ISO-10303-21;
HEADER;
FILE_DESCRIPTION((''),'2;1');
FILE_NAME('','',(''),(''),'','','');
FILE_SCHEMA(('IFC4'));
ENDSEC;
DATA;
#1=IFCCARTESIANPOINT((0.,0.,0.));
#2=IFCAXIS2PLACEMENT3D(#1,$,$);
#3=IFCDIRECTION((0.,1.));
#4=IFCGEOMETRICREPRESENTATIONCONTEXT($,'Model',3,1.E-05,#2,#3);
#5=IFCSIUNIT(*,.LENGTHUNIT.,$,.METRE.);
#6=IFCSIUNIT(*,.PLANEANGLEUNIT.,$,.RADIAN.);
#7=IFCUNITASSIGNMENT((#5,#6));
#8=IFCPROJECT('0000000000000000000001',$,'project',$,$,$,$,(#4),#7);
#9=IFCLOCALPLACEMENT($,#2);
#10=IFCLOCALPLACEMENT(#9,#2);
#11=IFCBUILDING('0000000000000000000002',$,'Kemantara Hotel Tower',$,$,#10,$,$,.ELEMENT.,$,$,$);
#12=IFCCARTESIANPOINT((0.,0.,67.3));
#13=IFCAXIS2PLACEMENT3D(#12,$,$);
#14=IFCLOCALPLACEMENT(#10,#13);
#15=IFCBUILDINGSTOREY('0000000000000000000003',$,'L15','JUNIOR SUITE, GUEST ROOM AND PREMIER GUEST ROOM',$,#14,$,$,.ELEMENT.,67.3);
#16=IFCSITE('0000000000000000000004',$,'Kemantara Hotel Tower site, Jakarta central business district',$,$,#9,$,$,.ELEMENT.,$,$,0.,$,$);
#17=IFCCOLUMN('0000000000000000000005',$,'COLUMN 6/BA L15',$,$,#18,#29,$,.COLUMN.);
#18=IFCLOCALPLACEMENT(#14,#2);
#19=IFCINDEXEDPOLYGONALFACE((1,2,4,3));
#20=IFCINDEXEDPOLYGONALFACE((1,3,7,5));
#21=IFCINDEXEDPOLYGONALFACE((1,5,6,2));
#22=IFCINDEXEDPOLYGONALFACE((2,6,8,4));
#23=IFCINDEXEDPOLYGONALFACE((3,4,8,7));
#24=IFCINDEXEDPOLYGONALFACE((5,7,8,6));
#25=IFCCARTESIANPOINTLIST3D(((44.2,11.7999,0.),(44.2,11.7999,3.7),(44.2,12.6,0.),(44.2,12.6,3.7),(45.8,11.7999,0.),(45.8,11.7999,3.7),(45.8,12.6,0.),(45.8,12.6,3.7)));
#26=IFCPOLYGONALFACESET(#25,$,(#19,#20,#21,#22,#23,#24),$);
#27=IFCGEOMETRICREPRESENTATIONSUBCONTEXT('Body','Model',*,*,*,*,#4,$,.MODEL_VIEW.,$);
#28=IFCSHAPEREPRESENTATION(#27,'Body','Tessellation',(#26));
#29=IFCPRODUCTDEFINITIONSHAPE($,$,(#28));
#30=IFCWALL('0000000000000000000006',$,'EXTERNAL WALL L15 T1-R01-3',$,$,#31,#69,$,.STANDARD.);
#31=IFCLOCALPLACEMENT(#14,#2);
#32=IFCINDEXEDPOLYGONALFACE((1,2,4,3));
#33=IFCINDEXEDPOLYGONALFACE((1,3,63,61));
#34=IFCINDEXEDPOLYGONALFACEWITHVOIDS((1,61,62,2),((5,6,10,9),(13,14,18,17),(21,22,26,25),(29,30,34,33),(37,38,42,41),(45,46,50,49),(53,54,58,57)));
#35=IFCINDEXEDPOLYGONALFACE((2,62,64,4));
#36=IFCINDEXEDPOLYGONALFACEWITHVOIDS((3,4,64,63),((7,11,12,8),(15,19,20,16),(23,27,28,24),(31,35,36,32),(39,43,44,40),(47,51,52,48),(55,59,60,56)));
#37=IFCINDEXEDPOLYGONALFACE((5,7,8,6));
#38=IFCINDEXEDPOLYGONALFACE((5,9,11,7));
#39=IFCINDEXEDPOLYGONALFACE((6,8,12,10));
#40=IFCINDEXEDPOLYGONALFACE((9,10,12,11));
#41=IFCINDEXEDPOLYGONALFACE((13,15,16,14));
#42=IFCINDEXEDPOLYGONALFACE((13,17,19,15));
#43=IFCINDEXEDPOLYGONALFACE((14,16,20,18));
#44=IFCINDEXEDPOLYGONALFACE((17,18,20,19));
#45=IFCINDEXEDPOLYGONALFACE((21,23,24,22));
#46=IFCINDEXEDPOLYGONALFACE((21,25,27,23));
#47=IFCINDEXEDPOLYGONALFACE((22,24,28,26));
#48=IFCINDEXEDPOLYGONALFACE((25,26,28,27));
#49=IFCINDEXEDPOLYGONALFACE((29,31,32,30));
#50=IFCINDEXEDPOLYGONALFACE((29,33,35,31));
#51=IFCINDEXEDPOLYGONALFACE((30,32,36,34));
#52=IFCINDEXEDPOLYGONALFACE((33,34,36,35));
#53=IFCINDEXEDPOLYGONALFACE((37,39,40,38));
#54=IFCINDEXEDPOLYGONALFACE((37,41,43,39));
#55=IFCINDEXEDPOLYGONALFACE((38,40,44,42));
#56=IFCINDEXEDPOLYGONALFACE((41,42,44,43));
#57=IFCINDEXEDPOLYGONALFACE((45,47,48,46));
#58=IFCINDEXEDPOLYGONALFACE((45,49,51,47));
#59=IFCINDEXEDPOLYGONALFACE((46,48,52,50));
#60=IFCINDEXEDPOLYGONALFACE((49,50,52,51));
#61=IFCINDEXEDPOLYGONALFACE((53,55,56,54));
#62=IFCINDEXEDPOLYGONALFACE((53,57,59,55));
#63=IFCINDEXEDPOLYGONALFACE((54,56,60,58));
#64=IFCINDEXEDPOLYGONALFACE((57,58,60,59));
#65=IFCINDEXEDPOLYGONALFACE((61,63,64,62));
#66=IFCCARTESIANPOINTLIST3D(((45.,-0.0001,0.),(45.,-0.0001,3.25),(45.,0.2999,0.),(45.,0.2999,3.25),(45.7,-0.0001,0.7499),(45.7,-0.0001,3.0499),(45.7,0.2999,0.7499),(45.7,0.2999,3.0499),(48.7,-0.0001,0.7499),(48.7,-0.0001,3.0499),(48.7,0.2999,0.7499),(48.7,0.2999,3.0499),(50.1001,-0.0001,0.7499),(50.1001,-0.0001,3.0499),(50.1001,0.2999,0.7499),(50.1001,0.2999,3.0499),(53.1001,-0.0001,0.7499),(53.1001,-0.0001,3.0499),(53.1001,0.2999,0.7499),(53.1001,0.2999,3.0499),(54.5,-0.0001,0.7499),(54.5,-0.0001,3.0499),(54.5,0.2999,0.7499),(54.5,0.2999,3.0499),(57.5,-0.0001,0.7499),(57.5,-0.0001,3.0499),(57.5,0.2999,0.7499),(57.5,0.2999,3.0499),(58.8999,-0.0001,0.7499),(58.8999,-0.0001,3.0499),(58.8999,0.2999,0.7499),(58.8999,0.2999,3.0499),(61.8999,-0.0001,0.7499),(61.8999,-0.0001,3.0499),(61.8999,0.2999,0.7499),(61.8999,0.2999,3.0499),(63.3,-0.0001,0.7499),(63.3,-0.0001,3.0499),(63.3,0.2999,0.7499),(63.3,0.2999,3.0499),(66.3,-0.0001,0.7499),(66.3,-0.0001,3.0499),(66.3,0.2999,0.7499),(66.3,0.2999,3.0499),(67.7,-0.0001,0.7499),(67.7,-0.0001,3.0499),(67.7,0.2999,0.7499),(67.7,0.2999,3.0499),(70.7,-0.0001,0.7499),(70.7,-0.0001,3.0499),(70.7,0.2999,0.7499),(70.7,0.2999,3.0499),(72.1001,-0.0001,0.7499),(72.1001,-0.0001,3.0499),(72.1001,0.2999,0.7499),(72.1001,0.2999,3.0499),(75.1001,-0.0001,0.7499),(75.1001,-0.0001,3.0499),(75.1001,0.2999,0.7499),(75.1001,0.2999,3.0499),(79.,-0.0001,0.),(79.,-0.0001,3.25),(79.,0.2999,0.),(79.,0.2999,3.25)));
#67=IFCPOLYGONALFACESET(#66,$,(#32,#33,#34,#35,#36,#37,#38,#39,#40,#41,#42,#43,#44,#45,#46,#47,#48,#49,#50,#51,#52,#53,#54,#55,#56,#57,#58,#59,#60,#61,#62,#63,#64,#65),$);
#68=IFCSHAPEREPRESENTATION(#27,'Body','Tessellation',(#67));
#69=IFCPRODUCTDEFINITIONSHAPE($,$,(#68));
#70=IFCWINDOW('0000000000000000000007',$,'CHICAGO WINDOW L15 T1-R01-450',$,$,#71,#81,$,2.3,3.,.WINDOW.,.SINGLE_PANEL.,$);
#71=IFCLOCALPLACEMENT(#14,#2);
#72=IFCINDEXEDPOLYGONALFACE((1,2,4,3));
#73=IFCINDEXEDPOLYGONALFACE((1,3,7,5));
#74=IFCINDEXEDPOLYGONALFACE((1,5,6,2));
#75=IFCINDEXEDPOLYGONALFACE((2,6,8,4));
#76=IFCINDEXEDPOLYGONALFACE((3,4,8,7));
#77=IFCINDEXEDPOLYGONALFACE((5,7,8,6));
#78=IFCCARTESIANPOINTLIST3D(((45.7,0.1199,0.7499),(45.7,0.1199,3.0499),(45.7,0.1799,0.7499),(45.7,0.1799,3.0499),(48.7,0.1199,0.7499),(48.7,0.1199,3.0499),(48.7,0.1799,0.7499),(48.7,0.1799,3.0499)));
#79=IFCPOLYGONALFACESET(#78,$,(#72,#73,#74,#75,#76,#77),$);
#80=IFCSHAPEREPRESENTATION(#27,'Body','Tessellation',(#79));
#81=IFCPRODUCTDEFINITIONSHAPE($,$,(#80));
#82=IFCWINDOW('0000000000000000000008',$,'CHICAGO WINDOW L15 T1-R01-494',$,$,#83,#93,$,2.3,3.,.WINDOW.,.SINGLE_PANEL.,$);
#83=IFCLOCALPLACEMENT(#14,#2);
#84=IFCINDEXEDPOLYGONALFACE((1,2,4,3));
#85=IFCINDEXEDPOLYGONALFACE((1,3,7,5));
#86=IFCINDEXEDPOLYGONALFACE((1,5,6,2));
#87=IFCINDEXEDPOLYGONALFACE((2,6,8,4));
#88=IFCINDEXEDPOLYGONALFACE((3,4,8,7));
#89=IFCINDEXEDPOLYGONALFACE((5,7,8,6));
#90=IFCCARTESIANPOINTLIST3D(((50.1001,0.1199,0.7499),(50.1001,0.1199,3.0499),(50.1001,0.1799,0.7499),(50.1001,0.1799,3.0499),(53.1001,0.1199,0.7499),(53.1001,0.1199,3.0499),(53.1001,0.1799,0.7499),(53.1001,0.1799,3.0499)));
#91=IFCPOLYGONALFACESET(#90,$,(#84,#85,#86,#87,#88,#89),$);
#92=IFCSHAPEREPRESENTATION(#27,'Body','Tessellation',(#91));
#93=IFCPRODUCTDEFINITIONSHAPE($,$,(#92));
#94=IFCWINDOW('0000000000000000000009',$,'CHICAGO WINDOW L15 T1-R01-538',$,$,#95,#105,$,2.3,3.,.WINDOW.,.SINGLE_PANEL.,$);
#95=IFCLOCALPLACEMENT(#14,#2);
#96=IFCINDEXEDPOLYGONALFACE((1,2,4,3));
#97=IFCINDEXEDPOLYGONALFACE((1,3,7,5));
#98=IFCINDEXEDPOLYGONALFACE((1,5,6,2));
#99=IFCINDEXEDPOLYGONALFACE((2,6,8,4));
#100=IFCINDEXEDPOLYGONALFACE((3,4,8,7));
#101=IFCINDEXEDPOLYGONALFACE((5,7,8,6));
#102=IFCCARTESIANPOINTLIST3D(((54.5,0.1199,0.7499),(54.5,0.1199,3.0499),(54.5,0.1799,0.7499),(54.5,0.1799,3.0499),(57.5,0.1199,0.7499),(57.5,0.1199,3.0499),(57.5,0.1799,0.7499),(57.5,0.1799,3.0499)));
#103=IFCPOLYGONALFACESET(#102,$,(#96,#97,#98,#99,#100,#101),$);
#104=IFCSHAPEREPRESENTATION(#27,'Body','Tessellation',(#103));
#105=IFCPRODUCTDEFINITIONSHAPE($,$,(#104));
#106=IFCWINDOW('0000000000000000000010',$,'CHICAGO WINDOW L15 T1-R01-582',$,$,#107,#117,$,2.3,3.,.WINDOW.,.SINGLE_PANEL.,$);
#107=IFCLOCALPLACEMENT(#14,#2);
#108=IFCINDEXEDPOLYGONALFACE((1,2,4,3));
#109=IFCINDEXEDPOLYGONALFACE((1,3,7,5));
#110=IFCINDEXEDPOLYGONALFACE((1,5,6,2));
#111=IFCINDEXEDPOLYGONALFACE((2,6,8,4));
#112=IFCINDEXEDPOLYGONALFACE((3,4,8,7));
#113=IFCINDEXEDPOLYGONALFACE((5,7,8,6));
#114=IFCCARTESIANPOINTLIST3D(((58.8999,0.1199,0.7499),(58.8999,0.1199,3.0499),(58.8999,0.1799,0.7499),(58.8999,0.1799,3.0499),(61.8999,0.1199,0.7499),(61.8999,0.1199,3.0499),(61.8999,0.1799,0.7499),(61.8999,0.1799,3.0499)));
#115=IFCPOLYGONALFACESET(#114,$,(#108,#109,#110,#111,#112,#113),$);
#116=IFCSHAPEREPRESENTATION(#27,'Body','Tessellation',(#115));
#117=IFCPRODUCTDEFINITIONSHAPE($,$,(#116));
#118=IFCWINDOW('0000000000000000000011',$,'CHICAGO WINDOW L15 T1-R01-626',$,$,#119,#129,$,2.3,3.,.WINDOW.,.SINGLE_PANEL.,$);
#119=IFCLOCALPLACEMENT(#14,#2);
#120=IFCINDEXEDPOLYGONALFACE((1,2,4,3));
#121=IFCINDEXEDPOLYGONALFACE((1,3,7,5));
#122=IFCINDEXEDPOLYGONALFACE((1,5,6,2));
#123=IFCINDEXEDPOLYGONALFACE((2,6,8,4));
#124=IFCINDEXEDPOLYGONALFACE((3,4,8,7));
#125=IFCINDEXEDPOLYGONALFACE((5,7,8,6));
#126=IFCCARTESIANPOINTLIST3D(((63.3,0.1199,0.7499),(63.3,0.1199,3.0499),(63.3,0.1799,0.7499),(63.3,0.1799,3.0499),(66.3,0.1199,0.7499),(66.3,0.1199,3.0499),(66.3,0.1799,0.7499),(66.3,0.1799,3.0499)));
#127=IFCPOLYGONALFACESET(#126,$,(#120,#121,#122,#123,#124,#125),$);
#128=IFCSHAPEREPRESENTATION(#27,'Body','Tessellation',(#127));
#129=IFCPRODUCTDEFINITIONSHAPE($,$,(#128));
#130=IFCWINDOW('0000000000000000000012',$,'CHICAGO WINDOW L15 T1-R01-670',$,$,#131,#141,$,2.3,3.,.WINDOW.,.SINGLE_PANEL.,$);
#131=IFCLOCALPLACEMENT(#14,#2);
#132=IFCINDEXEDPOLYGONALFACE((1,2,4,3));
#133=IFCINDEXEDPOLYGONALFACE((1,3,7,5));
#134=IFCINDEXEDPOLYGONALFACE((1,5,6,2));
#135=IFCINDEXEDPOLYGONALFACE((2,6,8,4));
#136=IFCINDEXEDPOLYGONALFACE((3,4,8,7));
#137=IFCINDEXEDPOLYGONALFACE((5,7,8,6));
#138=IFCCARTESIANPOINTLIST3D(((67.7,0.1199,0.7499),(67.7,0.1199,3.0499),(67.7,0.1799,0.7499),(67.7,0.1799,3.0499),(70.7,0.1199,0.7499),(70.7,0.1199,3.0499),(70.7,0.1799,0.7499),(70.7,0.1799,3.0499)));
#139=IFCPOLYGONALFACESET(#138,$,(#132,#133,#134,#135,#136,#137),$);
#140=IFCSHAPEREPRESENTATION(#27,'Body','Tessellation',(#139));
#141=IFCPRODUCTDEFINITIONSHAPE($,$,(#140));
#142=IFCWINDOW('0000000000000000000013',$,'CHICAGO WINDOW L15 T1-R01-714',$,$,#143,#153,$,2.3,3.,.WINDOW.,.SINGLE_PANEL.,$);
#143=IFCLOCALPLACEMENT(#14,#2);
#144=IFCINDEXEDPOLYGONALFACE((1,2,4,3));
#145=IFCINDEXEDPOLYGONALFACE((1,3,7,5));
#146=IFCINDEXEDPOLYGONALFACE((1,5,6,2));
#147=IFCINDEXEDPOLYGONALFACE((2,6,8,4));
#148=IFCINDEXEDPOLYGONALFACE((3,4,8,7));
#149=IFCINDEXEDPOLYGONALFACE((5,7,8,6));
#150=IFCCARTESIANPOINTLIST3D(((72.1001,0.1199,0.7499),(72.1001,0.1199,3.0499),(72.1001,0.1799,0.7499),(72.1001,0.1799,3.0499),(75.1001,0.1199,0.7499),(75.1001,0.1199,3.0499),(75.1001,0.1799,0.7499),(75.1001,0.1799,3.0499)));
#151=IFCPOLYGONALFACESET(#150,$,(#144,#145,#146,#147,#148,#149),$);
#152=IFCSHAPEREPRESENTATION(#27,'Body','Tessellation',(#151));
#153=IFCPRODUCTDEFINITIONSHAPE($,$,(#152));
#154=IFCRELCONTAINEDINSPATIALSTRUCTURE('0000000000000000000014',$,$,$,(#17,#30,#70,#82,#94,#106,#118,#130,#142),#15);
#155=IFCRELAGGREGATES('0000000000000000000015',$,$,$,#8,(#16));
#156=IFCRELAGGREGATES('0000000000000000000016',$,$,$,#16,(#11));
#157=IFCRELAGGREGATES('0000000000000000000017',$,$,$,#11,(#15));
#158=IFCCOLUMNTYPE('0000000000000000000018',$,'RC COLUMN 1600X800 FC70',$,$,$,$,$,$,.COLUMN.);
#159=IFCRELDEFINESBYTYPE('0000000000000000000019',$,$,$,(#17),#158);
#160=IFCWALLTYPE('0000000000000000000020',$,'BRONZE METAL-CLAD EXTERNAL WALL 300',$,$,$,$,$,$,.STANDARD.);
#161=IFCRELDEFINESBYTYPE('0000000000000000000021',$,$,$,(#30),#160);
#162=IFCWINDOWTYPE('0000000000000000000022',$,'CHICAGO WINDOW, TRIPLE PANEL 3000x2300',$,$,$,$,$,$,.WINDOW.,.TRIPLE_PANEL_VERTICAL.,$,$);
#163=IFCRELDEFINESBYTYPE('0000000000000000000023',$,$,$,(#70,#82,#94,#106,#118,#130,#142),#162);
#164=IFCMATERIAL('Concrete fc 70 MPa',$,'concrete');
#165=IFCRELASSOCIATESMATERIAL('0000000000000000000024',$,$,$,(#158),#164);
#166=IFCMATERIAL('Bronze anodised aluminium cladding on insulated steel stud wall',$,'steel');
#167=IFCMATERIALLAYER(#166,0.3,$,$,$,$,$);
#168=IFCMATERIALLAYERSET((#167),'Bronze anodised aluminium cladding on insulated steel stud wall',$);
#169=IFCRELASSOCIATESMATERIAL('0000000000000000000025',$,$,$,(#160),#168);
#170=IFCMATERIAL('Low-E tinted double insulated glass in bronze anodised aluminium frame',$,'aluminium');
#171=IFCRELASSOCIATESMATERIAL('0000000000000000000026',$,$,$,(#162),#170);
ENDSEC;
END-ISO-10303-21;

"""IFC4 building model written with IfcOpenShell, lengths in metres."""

from ifc_helpers import new_model, si_unit, direction, frame, frame_2d, origin, origin_2d, place, context, subcontext, project, spatial, rectangle, extrude, material, layer, layer_set, material_profile, profile_set, type_object, element, fill, save


model = new_model("IFC4")

# Units and contexts
model_context = context("Model", 3, precision=1e-05, world=origin(), true_north=direction((0.0, 1.0)))
body_context = subcontext(model_context, "Body", "Model", "MODEL_VIEW")
ifc_project = project(units=[si_unit("LENGTHUNIT", "METRE"), si_unit("PLANEANGLEUNIT", "RADIAN")], contexts=[model_context])

# Site, building, storey
site_placement = place(None, origin())
site = spatial("IfcSite", under=ifc_project, at=site_placement, Name="Kemantara Hotel Tower site, Jakarta central business district", CompositionType="ELEMENT", RefElevation=0.0)
building_placement = place(site_placement, origin())
building = spatial("IfcBuilding", under=site, at=building_placement, Name="Kemantara Hotel Tower", CompositionType="ELEMENT")
storey_placement = place(building_placement, frame((0.0, 0.0, 67.3)))
storey = spatial("IfcBuildingStorey", under=building, at=storey_placement, Name="L15", Description="JUNIOR SUITE, GUEST ROOM AND PREMIER GUEST ROOM", CompositionType="ELEMENT", Elevation=67.3)

# Column
ifc_material_1 = material(Name="Concrete fc 70 MPa", Category="concrete")
ifc_material_profile = material_profile(ifc_material_1, rectangle(XDim=1.6001, YDim=0.8, at=origin_2d()), Name="RC 1600X800")
ifc_profile_set = profile_set([ifc_material_profile], Name="Concrete fc 70 MPa")
column_type = type_object("IfcColumnType", Name="RC COLUMN 1600X800 FC70", PredefinedType="COLUMN", material=ifc_profile_set)
column_placement = place(storey_placement, frame((45.0, 12.2, 0.0), z_axis=(0.0, 0.0, 1.0), x_axis=(1.0, 0.0, 0.0)))
element("IfcColumn", 1, at=column_placement, inside=storey, type_object=column_type, Name="COLUMN 6/BA L15", PredefinedType="COLUMN", context=body_context, shape_type="SweptSolid", body=[
    extrude(rectangle(XDim=1.6001, YDim=0.8, at=origin_2d()), origin(), (0.0, 0.0, 1.0), 3.7),
])

# Wall, openings, windows
ifc_material_2 = material(Name="Bronze anodised aluminium cladding on insulated steel stud wall", Category="steel")
ifc_layer_1 = layer(ifc_material_2, 0.3)
ifc_layer_set_1 = layer_set([ifc_layer_1], Name="Bronze anodised aluminium cladding on insulated steel stud wall")
wall_type_1 = type_object("IfcWallType", Name="BRONZE METAL-CLAD EXTERNAL WALL 300", PredefinedType="STANDARD", material=ifc_layer_set_1)
wall_1_placement = place(storey_placement, frame((45.0, 0.1499, 0.0), z_axis=(0.0, 0.0, 1.0), x_axis=(1.0, 0.0, 0.0)))
wall_1 = element("IfcWall", 2, at=wall_1_placement, inside=storey, type_object=wall_type_1, Name="EXTERNAL WALL L15 T1-R01-3", PredefinedType="STANDARD", context=body_context, shape_type="SweptSolid", body=[
    extrude(rectangle(XDim=34.0, YDim=0.3, at=frame_2d((17.0, 0.0))), origin(), (0.0, 0.0, 1.0), 3.25),
])
opening_1_placement = place(wall_1_placement, frame((0.7, 0.0, 0.75)))
opening_1 = element("IfcOpeningElement", 3, at=opening_1_placement, cuts=wall_1, PredefinedType="OPENING", context=body_context, shape_type="SweptSolid", body=[
    extrude(rectangle(XDim=3.0, YDim=2.3, at=frame_2d((1.5, 1.1499))), frame((0.0, 0.1599, 0.0), z_axis=(0.0, -1.0, 0.0), x_axis=(1.0, 0.0, 0.0)), (0.0, 0.0, 1.0), 0.3201),
])
opening_2_placement = place(wall_1_placement, frame((5.1001, 0.0, 0.75)))
opening_2 = element("IfcOpeningElement", 4, at=opening_2_placement, cuts=wall_1, PredefinedType="OPENING", context=body_context, shape_type="SweptSolid", body=[
    extrude(rectangle(XDim=3.0, YDim=2.3, at=frame_2d((1.5, 1.1499))), frame((0.0, 0.1599, 0.0), z_axis=(0.0, -1.0, 0.0), x_axis=(1.0, 0.0, 0.0)), (0.0, 0.0, 1.0), 0.3201),
])
opening_3_placement = place(wall_1_placement, frame((9.5, 0.0, 0.75)))
opening_3 = element("IfcOpeningElement", 5, at=opening_3_placement, cuts=wall_1, PredefinedType="OPENING", context=body_context, shape_type="SweptSolid", body=[
    extrude(rectangle(XDim=3.0, YDim=2.3, at=frame_2d((1.5, 1.1499))), frame((0.0, 0.1599, 0.0), z_axis=(0.0, -1.0, 0.0), x_axis=(1.0, 0.0, 0.0)), (0.0, 0.0, 1.0), 0.3201),
])
opening_4_placement = place(wall_1_placement, frame((13.8999, 0.0, 0.75)))
opening_4 = element("IfcOpeningElement", 6, at=opening_4_placement, cuts=wall_1, PredefinedType="OPENING", context=body_context, shape_type="SweptSolid", body=[
    extrude(rectangle(XDim=3.0, YDim=2.3, at=frame_2d((1.5, 1.1499))), frame((0.0, 0.1599, 0.0), z_axis=(0.0, -1.0, 0.0), x_axis=(1.0, 0.0, 0.0)), (0.0, 0.0, 1.0), 0.3201),
])
opening_5_placement = place(wall_1_placement, frame((18.3, 0.0, 0.75)))
opening_5 = element("IfcOpeningElement", 7, at=opening_5_placement, cuts=wall_1, PredefinedType="OPENING", context=body_context, shape_type="SweptSolid", body=[
    extrude(rectangle(XDim=3.0, YDim=2.3, at=frame_2d((1.5, 1.1499))), frame((0.0, 0.1599, 0.0), z_axis=(0.0, -1.0, 0.0), x_axis=(1.0, 0.0, 0.0)), (0.0, 0.0, 1.0), 0.3201),
])
opening_6_placement = place(wall_1_placement, frame((22.7, 0.0, 0.75)))
opening_6 = element("IfcOpeningElement", 8, at=opening_6_placement, cuts=wall_1, PredefinedType="OPENING", context=body_context, shape_type="SweptSolid", body=[
    extrude(rectangle(XDim=3.0, YDim=2.3, at=frame_2d((1.5, 1.1499))), frame((0.0, 0.1599, 0.0), z_axis=(0.0, -1.0, 0.0), x_axis=(1.0, 0.0, 0.0)), (0.0, 0.0, 1.0), 0.3201),
])
opening_7_placement = place(wall_1_placement, frame((27.1001, 0.0, 0.75)))
opening_7 = element("IfcOpeningElement", 9, at=opening_7_placement, cuts=wall_1, PredefinedType="OPENING", context=body_context, shape_type="SweptSolid", body=[
    extrude(rectangle(XDim=3.0, YDim=2.3, at=frame_2d((1.5, 1.1499))), frame((0.0, 0.1599, 0.0), z_axis=(0.0, -1.0, 0.0), x_axis=(1.0, 0.0, 0.0)), (0.0, 0.0, 1.0), 0.3201),
])
ifc_material_3 = material(Name="Low-E tinted double insulated glass in bronze anodised aluminium frame", Category="aluminium")
window_type = type_object("IfcWindowType", Name="CHICAGO WINDOW, TRIPLE PANEL 3000x2300", PartitioningType="TRIPLE_PANEL_VERTICAL", PredefinedType="WINDOW", material=ifc_material_3)
window_1_placement = place(opening_1_placement, origin())
window_1 = element("IfcWindow", 10, at=window_1_placement, inside=storey, type_object=window_type, Name="CHICAGO WINDOW L15 T1-R01-450", OverallHeight=2.3, OverallWidth=3.0, PartitioningType="SINGLE_PANEL", PredefinedType="WINDOW", context=body_context, shape_type="SweptSolid", body=[
    extrude(rectangle(XDim=3.0, YDim=2.3, at=frame_2d((1.5, 1.1499))), frame((0.0, 0.03, 0.0), z_axis=(0.0, -1.0, 0.0), x_axis=(1.0, 0.0, 0.0)), (0.0, 0.0, 1.0), 0.0601),
])
fill(opening_1, window_1)
window_2_placement = place(opening_2_placement, origin())
window_2 = element("IfcWindow", 11, at=window_2_placement, inside=storey, type_object=window_type, Name="CHICAGO WINDOW L15 T1-R01-494", OverallHeight=2.3, OverallWidth=3.0, PartitioningType="SINGLE_PANEL", PredefinedType="WINDOW", context=body_context, shape_type="SweptSolid", body=[
    extrude(rectangle(XDim=3.0, YDim=2.3, at=frame_2d((1.5, 1.1499))), frame((0.0, 0.03, 0.0), z_axis=(0.0, -1.0, 0.0), x_axis=(1.0, 0.0, 0.0)), (0.0, 0.0, 1.0), 0.0601),
])
fill(opening_2, window_2)
window_3_placement = place(opening_3_placement, origin())
window_3 = element("IfcWindow", 12, at=window_3_placement, inside=storey, type_object=window_type, Name="CHICAGO WINDOW L15 T1-R01-538", OverallHeight=2.3, OverallWidth=3.0, PartitioningType="SINGLE_PANEL", PredefinedType="WINDOW", context=body_context, shape_type="SweptSolid", body=[
    extrude(rectangle(XDim=3.0, YDim=2.3, at=frame_2d((1.5, 1.1499))), frame((0.0, 0.03, 0.0), z_axis=(0.0, -1.0, 0.0), x_axis=(1.0, 0.0, 0.0)), (0.0, 0.0, 1.0), 0.0601),
])
fill(opening_3, window_3)
window_4_placement = place(opening_4_placement, origin())
window_4 = element("IfcWindow", 13, at=window_4_placement, inside=storey, type_object=window_type, Name="CHICAGO WINDOW L15 T1-R01-582", OverallHeight=2.3, OverallWidth=3.0, PartitioningType="SINGLE_PANEL", PredefinedType="WINDOW", context=body_context, shape_type="SweptSolid", body=[
    extrude(rectangle(XDim=3.0, YDim=2.3, at=frame_2d((1.5, 1.1499))), frame((0.0, 0.03, 0.0), z_axis=(0.0, -1.0, 0.0), x_axis=(1.0, 0.0, 0.0)), (0.0, 0.0, 1.0), 0.0601),
])
fill(opening_4, window_4)
window_5_placement = place(opening_5_placement, origin())
window_5 = element("IfcWindow", 14, at=window_5_placement, inside=storey, type_object=window_type, Name="CHICAGO WINDOW L15 T1-R01-626", OverallHeight=2.3, OverallWidth=3.0, PartitioningType="SINGLE_PANEL", PredefinedType="WINDOW", context=body_context, shape_type="SweptSolid", body=[
    extrude(rectangle(XDim=3.0, YDim=2.3, at=frame_2d((1.5, 1.1499))), frame((0.0, 0.03, 0.0), z_axis=(0.0, -1.0, 0.0), x_axis=(1.0, 0.0, 0.0)), (0.0, 0.0, 1.0), 0.0601),
])
fill(opening_5, window_5)
window_6_placement = place(opening_6_placement, origin())
window_6 = element("IfcWindow", 15, at=window_6_placement, inside=storey, type_object=window_type, Name="CHICAGO WINDOW L15 T1-R01-670", OverallHeight=2.3, OverallWidth=3.0, PartitioningType="SINGLE_PANEL", PredefinedType="WINDOW", context=body_context, shape_type="SweptSolid", body=[
    extrude(rectangle(XDim=3.0, YDim=2.3, at=frame_2d((1.5, 1.1499))), frame((0.0, 0.03, 0.0), z_axis=(0.0, -1.0, 0.0), x_axis=(1.0, 0.0, 0.0)), (0.0, 0.0, 1.0), 0.0601),
])
fill(opening_6, window_6)
window_7_placement = place(opening_7_placement, origin())
window_7 = element("IfcWindow", 16, at=window_7_placement, inside=storey, type_object=window_type, Name="CHICAGO WINDOW L15 T1-R01-714", OverallHeight=2.3, OverallWidth=3.0, PartitioningType="SINGLE_PANEL", PredefinedType="WINDOW", context=body_context, shape_type="SweptSolid", body=[
    extrude(rectangle(XDim=3.0, YDim=2.3, at=frame_2d((1.5, 1.1499))), frame((0.0, 0.03, 0.0), z_axis=(0.0, -1.0, 0.0), x_axis=(1.0, 0.0, 0.0)), (0.0, 0.0, 1.0), 0.0601),
])
fill(opening_7, window_7)

save(model, "model.ifc")
